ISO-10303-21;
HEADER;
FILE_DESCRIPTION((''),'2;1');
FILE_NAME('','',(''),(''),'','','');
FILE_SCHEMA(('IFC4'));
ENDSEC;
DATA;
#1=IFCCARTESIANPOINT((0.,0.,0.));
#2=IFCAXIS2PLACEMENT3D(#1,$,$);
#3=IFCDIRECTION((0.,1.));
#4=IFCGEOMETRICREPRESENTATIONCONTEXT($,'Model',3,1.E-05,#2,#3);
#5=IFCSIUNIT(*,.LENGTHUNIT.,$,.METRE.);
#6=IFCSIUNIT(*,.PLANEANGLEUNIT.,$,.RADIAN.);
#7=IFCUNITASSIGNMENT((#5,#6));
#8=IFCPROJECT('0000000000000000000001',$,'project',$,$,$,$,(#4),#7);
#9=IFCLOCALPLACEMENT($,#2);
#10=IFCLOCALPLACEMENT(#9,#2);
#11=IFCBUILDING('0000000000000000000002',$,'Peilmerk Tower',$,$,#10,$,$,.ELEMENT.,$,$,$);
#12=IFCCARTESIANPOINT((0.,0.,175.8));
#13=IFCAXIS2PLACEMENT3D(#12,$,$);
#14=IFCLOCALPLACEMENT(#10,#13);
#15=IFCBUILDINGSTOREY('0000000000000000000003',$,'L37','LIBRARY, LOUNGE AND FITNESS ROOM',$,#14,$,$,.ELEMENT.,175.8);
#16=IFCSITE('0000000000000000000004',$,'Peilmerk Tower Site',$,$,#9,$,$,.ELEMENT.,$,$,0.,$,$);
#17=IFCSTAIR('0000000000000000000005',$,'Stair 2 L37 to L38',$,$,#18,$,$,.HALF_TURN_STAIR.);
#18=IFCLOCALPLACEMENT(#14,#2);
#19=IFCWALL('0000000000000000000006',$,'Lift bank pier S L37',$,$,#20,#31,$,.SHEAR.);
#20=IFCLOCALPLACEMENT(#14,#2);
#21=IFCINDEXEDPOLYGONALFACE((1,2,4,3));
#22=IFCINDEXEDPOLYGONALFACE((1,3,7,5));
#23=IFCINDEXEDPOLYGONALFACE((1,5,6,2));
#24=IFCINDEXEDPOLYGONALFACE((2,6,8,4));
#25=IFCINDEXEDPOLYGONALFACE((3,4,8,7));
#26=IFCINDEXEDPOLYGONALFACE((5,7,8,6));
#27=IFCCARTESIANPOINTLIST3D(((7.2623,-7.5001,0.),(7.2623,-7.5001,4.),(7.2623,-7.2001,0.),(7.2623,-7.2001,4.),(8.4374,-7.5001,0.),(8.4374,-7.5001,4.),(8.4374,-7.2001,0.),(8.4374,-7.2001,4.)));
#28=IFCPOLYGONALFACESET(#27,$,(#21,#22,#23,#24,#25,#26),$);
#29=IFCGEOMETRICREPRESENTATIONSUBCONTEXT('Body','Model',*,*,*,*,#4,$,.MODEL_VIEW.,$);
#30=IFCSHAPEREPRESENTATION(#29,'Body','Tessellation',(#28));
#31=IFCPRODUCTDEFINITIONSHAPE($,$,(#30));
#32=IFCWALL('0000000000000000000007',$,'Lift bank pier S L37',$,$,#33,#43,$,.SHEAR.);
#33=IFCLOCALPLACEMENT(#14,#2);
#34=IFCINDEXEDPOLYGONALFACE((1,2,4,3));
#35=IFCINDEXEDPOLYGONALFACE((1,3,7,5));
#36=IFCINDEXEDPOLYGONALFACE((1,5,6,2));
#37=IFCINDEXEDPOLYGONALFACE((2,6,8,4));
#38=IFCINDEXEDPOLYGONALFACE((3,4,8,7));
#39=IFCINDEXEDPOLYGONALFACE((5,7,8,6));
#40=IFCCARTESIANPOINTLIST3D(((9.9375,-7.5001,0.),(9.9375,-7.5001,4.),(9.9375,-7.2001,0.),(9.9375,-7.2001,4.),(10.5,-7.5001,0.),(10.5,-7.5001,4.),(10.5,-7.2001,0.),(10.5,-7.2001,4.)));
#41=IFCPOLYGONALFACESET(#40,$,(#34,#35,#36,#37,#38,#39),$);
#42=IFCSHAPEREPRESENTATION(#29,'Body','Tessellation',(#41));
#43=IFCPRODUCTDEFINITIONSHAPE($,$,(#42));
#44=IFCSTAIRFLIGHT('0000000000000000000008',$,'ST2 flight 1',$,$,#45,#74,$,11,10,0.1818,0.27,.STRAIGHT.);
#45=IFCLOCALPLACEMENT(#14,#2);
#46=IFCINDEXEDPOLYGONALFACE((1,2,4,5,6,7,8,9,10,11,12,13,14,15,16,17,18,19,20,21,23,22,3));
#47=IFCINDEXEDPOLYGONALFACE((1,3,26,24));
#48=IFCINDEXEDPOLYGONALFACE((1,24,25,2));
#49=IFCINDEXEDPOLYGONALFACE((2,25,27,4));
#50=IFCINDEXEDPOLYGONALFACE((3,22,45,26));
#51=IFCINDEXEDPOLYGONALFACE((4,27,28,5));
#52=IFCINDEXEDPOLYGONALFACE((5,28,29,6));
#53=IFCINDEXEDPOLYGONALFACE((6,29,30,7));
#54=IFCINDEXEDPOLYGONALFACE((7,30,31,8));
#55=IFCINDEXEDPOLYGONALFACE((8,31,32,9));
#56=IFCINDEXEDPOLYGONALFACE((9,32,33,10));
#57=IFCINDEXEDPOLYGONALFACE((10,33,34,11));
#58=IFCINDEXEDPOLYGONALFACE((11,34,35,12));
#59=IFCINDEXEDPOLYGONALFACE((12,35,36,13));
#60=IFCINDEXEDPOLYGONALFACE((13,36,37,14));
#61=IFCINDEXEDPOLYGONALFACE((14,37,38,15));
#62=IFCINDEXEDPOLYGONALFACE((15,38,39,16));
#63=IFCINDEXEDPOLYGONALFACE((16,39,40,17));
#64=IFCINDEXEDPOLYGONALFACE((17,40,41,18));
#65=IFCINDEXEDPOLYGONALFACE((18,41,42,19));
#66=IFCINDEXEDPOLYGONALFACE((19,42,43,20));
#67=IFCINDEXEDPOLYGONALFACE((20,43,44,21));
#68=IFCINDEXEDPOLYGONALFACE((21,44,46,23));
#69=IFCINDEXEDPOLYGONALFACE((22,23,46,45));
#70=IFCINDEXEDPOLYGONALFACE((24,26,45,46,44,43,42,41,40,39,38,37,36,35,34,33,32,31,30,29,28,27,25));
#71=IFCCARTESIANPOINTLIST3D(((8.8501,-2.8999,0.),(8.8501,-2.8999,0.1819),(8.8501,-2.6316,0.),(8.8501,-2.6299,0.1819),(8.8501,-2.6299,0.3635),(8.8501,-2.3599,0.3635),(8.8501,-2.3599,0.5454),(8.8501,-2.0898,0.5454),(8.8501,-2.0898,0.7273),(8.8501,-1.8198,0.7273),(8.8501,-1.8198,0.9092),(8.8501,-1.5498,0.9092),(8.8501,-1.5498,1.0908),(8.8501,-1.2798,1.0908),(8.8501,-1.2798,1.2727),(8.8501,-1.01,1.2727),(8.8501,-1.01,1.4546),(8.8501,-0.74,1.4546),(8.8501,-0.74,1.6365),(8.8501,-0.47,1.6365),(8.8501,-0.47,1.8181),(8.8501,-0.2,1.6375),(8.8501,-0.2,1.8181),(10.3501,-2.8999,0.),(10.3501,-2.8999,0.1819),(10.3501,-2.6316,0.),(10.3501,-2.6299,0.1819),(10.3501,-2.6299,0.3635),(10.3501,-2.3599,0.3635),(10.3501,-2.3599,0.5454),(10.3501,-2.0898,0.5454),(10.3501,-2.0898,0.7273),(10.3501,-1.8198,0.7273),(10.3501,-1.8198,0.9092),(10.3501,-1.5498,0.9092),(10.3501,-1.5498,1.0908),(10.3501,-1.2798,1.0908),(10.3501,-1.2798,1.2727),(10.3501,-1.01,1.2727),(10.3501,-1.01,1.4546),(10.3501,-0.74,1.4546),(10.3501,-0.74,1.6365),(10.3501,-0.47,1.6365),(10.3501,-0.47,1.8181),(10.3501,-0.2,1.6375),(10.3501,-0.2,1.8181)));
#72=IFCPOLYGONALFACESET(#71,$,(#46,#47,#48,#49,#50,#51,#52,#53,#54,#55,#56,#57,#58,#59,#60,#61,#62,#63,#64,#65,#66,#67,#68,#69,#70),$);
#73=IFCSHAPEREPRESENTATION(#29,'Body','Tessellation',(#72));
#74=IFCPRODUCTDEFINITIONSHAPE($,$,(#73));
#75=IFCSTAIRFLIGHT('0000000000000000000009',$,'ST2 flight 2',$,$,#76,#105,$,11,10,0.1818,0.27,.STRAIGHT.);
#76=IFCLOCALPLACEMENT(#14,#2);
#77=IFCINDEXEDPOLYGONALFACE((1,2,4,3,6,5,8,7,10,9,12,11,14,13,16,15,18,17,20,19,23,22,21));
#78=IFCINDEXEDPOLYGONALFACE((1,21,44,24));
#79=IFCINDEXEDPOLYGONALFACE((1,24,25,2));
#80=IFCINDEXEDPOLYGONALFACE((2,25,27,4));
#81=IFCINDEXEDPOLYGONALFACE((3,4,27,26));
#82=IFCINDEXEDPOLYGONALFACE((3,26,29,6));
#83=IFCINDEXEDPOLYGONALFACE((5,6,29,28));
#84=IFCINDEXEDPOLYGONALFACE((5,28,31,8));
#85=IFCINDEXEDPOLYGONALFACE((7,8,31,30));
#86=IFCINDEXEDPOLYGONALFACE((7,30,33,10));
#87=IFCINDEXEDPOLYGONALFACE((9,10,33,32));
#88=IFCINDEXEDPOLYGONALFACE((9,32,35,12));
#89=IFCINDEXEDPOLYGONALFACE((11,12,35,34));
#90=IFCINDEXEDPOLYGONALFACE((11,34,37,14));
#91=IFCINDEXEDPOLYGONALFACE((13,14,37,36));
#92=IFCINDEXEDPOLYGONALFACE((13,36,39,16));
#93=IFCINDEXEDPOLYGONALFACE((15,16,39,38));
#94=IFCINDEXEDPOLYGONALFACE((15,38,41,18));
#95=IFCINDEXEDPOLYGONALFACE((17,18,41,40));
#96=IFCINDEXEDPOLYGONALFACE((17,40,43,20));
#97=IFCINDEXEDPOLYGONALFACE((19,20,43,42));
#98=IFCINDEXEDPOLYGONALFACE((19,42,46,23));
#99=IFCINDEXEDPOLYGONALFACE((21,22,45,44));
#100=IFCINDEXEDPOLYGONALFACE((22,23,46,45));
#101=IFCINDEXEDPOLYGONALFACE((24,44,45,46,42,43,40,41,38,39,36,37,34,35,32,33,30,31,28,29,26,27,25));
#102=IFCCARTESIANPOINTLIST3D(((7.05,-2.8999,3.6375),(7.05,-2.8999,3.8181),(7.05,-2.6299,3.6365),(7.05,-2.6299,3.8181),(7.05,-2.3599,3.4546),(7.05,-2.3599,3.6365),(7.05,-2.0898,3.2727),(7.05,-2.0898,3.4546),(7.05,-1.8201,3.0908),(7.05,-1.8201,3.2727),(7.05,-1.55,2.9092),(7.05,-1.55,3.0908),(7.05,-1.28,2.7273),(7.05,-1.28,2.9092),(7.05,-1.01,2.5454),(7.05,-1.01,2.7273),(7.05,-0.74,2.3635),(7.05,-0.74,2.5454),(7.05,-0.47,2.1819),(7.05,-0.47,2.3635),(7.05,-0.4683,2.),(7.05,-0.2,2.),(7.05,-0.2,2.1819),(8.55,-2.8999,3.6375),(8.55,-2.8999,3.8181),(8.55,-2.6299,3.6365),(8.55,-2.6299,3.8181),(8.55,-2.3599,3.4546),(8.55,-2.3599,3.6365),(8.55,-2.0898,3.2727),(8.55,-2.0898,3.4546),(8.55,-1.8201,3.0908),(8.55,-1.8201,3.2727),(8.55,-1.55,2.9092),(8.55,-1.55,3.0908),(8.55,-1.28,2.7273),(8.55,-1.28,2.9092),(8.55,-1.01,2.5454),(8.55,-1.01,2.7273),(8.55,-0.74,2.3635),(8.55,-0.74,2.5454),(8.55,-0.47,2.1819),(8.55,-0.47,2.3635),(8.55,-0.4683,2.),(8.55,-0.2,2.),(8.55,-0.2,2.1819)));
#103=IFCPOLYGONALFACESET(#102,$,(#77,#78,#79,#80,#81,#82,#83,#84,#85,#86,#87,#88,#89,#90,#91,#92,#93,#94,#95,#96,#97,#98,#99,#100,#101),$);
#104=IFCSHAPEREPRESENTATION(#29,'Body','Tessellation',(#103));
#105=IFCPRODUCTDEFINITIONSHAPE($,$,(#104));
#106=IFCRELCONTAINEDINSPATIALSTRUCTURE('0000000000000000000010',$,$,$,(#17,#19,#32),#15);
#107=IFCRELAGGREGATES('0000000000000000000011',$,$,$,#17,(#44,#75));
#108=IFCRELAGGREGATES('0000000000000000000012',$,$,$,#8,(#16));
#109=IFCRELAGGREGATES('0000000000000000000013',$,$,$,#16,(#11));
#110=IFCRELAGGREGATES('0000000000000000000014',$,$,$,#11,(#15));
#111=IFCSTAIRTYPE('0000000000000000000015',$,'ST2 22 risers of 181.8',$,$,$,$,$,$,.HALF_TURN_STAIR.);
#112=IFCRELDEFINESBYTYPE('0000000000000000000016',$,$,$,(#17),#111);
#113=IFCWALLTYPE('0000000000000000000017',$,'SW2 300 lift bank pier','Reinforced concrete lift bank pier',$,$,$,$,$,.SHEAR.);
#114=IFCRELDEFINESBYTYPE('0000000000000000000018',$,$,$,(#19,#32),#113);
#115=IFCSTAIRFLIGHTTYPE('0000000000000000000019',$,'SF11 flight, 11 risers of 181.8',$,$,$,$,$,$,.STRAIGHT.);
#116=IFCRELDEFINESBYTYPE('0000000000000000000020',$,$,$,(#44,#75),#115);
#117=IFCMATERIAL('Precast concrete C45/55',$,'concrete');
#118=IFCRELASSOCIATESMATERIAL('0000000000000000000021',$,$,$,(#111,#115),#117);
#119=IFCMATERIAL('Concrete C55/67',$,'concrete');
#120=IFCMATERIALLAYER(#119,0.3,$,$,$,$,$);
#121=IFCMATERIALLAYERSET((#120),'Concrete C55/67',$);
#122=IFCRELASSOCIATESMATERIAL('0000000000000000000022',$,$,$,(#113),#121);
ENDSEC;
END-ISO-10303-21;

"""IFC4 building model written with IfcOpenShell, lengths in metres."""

from ifc_helpers import new_model, si_unit, direction, frame, frame_2d, origin, place, context, subcontext, project, spatial, polyline, rectangle, outline, extrude, material, layer, layer_set, type_object, element, aggregate, save


model = new_model("IFC4")

# Units and contexts
model_context = context("Model", 3, precision=1e-05, world=origin(), true_north=direction((0.0, 1.0)))
body_context = subcontext(model_context, "Body", "Model", "MODEL_VIEW")
ifc_project = project(units=[si_unit("LENGTHUNIT", "METRE"), si_unit("PLANEANGLEUNIT", "RADIAN")], contexts=[model_context])

# Site, building, storey
site_placement = place(None, origin())
site = spatial("IfcSite", under=ifc_project, at=site_placement, Name="Peilmerk Tower Site", CompositionType="ELEMENT", RefElevation=0.0)
building_placement = place(site_placement, origin())
building = spatial("IfcBuilding", under=site, at=building_placement, Name="Peilmerk Tower", CompositionType="ELEMENT")
storey_placement = place(building_placement, frame((0.0, 0.0, 175.8)))
storey = spatial("IfcBuildingStorey", under=building, at=storey_placement, Name="L37", Description="LIBRARY, LOUNGE AND FITNESS ROOM", CompositionType="ELEMENT", Elevation=175.8)

# Stair
ifc_material_1 = material(Name="Precast concrete C45/55", Category="concrete")
stair_type = type_object("IfcStairType", Name="ST2 22 risers of 181.8", PredefinedType="HALF_TURN_STAIR", material=ifc_material_1)
stair_placement = place(storey_placement, origin())
stair = element("IfcStair", 1, at=stair_placement, inside=storey, type_object=stair_type, Name="Stair 2 L37 to L38", PredefinedType="HALF_TURN_STAIR")

# Walls
ifc_material_2 = material(Name="Concrete C55/67", Category="concrete")
ifc_layer_1 = layer(ifc_material_2, 0.3)
ifc_layer_set_1 = layer_set([ifc_layer_1], Name="Concrete C55/67")
wall_type_1 = type_object("IfcWallType", Name="SW2 300 lift bank pier", Description="Reinforced concrete lift bank pier", PredefinedType="SHEAR", material=ifc_layer_set_1)
wall_1_placement = place(storey_placement, frame((7.2625, -7.3501, 0.0), z_axis=(0.0, 0.0, 1.0), x_axis=(1.0, 0.0, 0.0)))
element("IfcWall", 2, at=wall_1_placement, inside=storey, type_object=wall_type_1, Name="Lift bank pier S L37", PredefinedType="SHEAR", context=body_context, shape_type="SweptSolid", body=[
    extrude(rectangle(XDim=1.175, YDim=0.3, at=frame_2d((0.5874, 0.0))), origin(), (0.0, 0.0, 1.0), 4.0),
])
wall_2_placement = place(storey_placement, frame((9.9375, -7.3501, 0.0), z_axis=(0.0, 0.0, 1.0), x_axis=(1.0, 0.0, 0.0)))
element("IfcWall", 3, at=wall_2_placement, inside=storey, type_object=wall_type_1, Name="Lift bank pier S L37", PredefinedType="SHEAR", context=body_context, shape_type="SweptSolid", body=[
    extrude(rectangle(XDim=0.5625, YDim=0.3, at=frame_2d((0.2812, 0.0))), origin(), (0.0, 0.0, 1.0), 4.0),
])

# Stair flights
stair_flight_type = type_object("IfcStairFlightType", Name="SF11 flight, 11 risers of 181.8", PredefinedType="STRAIGHT", material=ifc_material_1)
stair_flight_1_placement = place(storey_placement, frame((9.6001, -2.8999, 0.0), z_axis=(0.0, 0.0, 1.0), x_axis=(0.0, 1.0, 0.0)))
stair_flight_1 = element("IfcStairFlight", 4, at=stair_flight_1_placement, type_object=stair_flight_type, Name="ST2 flight 1", NumberOfRisers=11, NumberOfTreads=10, PredefinedType="STRAIGHT", RiserHeight=0.1818, TreadLength=0.27, context=body_context, shape_type="SweptSolid", body=[
    extrude(outline(polyline([(0.0, 0.0), (0.0, 0.1819), (0.27, 0.1819), (0.27, 0.3635), (0.54, 0.3635), (0.54, 0.5454), (0.8101, 0.5454), (0.8101, 0.7273), (1.0801, 0.7273), (1.0801, 0.9092), (1.3501, 0.9092), (1.3501, 1.0908), (1.6201, 1.0908), (1.6201, 1.2727), (1.8899, 1.2727), (1.8899, 1.4546), (2.1599, 1.4546), (2.1599, 1.6365), (2.4299, 1.6365), (2.4299, 1.8181), (2.7, 1.8181), (2.7, 2.0), (2.7, 1.6375), (0.2683, 0.0), (0.0, 0.0)])), frame((0.0, 0.75, 0.0), z_axis=(0.0, -1.0, 0.0), x_axis=(1.0, 0.0, 0.0)), (0.0, 0.0, 1.0), 1.5),
])
stair_flight_2_placement = place(storey_placement, frame((7.8, -0.2, 2.0), z_axis=(0.0, 0.0, 1.0), x_axis=(0.0, -1.0, 0.0)))
stair_flight_2 = element("IfcStairFlight", 5, at=stair_flight_2_placement, type_object=stair_flight_type, Name="ST2 flight 2", NumberOfRisers=11, NumberOfTreads=10, PredefinedType="STRAIGHT", RiserHeight=0.1818, TreadLength=0.27, context=body_context, shape_type="SweptSolid", body=[
    extrude(outline(polyline([(0.0, 0.0), (0.0, 0.1819), (0.27, 0.1819), (0.27, 0.3635), (0.54, 0.3635), (0.54, 0.5454), (0.8101, 0.5454), (0.8101, 0.7273), (1.0801, 0.7273), (1.0801, 0.9092), (1.3501, 0.9092), (1.3501, 1.0908), (1.6201, 1.0908), (1.6201, 1.2727), (1.8899, 1.2727), (1.8899, 1.4546), (2.1599, 1.4546), (2.1599, 1.6365), (2.4299, 1.6365), (2.4299, 1.8181), (2.7, 1.8181), (2.7, 2.0), (2.7, 1.6375), (0.2683, 0.0), (0.0, 0.0)])), frame((0.0, 0.75, 0.0), z_axis=(0.0, -1.0, 0.0), x_axis=(1.0, 0.0, 0.0)), (0.0, 0.0, 1.0), 1.5),
])
aggregate(stair, [stair_flight_1, stair_flight_2])

save(model, "model.ifc")
